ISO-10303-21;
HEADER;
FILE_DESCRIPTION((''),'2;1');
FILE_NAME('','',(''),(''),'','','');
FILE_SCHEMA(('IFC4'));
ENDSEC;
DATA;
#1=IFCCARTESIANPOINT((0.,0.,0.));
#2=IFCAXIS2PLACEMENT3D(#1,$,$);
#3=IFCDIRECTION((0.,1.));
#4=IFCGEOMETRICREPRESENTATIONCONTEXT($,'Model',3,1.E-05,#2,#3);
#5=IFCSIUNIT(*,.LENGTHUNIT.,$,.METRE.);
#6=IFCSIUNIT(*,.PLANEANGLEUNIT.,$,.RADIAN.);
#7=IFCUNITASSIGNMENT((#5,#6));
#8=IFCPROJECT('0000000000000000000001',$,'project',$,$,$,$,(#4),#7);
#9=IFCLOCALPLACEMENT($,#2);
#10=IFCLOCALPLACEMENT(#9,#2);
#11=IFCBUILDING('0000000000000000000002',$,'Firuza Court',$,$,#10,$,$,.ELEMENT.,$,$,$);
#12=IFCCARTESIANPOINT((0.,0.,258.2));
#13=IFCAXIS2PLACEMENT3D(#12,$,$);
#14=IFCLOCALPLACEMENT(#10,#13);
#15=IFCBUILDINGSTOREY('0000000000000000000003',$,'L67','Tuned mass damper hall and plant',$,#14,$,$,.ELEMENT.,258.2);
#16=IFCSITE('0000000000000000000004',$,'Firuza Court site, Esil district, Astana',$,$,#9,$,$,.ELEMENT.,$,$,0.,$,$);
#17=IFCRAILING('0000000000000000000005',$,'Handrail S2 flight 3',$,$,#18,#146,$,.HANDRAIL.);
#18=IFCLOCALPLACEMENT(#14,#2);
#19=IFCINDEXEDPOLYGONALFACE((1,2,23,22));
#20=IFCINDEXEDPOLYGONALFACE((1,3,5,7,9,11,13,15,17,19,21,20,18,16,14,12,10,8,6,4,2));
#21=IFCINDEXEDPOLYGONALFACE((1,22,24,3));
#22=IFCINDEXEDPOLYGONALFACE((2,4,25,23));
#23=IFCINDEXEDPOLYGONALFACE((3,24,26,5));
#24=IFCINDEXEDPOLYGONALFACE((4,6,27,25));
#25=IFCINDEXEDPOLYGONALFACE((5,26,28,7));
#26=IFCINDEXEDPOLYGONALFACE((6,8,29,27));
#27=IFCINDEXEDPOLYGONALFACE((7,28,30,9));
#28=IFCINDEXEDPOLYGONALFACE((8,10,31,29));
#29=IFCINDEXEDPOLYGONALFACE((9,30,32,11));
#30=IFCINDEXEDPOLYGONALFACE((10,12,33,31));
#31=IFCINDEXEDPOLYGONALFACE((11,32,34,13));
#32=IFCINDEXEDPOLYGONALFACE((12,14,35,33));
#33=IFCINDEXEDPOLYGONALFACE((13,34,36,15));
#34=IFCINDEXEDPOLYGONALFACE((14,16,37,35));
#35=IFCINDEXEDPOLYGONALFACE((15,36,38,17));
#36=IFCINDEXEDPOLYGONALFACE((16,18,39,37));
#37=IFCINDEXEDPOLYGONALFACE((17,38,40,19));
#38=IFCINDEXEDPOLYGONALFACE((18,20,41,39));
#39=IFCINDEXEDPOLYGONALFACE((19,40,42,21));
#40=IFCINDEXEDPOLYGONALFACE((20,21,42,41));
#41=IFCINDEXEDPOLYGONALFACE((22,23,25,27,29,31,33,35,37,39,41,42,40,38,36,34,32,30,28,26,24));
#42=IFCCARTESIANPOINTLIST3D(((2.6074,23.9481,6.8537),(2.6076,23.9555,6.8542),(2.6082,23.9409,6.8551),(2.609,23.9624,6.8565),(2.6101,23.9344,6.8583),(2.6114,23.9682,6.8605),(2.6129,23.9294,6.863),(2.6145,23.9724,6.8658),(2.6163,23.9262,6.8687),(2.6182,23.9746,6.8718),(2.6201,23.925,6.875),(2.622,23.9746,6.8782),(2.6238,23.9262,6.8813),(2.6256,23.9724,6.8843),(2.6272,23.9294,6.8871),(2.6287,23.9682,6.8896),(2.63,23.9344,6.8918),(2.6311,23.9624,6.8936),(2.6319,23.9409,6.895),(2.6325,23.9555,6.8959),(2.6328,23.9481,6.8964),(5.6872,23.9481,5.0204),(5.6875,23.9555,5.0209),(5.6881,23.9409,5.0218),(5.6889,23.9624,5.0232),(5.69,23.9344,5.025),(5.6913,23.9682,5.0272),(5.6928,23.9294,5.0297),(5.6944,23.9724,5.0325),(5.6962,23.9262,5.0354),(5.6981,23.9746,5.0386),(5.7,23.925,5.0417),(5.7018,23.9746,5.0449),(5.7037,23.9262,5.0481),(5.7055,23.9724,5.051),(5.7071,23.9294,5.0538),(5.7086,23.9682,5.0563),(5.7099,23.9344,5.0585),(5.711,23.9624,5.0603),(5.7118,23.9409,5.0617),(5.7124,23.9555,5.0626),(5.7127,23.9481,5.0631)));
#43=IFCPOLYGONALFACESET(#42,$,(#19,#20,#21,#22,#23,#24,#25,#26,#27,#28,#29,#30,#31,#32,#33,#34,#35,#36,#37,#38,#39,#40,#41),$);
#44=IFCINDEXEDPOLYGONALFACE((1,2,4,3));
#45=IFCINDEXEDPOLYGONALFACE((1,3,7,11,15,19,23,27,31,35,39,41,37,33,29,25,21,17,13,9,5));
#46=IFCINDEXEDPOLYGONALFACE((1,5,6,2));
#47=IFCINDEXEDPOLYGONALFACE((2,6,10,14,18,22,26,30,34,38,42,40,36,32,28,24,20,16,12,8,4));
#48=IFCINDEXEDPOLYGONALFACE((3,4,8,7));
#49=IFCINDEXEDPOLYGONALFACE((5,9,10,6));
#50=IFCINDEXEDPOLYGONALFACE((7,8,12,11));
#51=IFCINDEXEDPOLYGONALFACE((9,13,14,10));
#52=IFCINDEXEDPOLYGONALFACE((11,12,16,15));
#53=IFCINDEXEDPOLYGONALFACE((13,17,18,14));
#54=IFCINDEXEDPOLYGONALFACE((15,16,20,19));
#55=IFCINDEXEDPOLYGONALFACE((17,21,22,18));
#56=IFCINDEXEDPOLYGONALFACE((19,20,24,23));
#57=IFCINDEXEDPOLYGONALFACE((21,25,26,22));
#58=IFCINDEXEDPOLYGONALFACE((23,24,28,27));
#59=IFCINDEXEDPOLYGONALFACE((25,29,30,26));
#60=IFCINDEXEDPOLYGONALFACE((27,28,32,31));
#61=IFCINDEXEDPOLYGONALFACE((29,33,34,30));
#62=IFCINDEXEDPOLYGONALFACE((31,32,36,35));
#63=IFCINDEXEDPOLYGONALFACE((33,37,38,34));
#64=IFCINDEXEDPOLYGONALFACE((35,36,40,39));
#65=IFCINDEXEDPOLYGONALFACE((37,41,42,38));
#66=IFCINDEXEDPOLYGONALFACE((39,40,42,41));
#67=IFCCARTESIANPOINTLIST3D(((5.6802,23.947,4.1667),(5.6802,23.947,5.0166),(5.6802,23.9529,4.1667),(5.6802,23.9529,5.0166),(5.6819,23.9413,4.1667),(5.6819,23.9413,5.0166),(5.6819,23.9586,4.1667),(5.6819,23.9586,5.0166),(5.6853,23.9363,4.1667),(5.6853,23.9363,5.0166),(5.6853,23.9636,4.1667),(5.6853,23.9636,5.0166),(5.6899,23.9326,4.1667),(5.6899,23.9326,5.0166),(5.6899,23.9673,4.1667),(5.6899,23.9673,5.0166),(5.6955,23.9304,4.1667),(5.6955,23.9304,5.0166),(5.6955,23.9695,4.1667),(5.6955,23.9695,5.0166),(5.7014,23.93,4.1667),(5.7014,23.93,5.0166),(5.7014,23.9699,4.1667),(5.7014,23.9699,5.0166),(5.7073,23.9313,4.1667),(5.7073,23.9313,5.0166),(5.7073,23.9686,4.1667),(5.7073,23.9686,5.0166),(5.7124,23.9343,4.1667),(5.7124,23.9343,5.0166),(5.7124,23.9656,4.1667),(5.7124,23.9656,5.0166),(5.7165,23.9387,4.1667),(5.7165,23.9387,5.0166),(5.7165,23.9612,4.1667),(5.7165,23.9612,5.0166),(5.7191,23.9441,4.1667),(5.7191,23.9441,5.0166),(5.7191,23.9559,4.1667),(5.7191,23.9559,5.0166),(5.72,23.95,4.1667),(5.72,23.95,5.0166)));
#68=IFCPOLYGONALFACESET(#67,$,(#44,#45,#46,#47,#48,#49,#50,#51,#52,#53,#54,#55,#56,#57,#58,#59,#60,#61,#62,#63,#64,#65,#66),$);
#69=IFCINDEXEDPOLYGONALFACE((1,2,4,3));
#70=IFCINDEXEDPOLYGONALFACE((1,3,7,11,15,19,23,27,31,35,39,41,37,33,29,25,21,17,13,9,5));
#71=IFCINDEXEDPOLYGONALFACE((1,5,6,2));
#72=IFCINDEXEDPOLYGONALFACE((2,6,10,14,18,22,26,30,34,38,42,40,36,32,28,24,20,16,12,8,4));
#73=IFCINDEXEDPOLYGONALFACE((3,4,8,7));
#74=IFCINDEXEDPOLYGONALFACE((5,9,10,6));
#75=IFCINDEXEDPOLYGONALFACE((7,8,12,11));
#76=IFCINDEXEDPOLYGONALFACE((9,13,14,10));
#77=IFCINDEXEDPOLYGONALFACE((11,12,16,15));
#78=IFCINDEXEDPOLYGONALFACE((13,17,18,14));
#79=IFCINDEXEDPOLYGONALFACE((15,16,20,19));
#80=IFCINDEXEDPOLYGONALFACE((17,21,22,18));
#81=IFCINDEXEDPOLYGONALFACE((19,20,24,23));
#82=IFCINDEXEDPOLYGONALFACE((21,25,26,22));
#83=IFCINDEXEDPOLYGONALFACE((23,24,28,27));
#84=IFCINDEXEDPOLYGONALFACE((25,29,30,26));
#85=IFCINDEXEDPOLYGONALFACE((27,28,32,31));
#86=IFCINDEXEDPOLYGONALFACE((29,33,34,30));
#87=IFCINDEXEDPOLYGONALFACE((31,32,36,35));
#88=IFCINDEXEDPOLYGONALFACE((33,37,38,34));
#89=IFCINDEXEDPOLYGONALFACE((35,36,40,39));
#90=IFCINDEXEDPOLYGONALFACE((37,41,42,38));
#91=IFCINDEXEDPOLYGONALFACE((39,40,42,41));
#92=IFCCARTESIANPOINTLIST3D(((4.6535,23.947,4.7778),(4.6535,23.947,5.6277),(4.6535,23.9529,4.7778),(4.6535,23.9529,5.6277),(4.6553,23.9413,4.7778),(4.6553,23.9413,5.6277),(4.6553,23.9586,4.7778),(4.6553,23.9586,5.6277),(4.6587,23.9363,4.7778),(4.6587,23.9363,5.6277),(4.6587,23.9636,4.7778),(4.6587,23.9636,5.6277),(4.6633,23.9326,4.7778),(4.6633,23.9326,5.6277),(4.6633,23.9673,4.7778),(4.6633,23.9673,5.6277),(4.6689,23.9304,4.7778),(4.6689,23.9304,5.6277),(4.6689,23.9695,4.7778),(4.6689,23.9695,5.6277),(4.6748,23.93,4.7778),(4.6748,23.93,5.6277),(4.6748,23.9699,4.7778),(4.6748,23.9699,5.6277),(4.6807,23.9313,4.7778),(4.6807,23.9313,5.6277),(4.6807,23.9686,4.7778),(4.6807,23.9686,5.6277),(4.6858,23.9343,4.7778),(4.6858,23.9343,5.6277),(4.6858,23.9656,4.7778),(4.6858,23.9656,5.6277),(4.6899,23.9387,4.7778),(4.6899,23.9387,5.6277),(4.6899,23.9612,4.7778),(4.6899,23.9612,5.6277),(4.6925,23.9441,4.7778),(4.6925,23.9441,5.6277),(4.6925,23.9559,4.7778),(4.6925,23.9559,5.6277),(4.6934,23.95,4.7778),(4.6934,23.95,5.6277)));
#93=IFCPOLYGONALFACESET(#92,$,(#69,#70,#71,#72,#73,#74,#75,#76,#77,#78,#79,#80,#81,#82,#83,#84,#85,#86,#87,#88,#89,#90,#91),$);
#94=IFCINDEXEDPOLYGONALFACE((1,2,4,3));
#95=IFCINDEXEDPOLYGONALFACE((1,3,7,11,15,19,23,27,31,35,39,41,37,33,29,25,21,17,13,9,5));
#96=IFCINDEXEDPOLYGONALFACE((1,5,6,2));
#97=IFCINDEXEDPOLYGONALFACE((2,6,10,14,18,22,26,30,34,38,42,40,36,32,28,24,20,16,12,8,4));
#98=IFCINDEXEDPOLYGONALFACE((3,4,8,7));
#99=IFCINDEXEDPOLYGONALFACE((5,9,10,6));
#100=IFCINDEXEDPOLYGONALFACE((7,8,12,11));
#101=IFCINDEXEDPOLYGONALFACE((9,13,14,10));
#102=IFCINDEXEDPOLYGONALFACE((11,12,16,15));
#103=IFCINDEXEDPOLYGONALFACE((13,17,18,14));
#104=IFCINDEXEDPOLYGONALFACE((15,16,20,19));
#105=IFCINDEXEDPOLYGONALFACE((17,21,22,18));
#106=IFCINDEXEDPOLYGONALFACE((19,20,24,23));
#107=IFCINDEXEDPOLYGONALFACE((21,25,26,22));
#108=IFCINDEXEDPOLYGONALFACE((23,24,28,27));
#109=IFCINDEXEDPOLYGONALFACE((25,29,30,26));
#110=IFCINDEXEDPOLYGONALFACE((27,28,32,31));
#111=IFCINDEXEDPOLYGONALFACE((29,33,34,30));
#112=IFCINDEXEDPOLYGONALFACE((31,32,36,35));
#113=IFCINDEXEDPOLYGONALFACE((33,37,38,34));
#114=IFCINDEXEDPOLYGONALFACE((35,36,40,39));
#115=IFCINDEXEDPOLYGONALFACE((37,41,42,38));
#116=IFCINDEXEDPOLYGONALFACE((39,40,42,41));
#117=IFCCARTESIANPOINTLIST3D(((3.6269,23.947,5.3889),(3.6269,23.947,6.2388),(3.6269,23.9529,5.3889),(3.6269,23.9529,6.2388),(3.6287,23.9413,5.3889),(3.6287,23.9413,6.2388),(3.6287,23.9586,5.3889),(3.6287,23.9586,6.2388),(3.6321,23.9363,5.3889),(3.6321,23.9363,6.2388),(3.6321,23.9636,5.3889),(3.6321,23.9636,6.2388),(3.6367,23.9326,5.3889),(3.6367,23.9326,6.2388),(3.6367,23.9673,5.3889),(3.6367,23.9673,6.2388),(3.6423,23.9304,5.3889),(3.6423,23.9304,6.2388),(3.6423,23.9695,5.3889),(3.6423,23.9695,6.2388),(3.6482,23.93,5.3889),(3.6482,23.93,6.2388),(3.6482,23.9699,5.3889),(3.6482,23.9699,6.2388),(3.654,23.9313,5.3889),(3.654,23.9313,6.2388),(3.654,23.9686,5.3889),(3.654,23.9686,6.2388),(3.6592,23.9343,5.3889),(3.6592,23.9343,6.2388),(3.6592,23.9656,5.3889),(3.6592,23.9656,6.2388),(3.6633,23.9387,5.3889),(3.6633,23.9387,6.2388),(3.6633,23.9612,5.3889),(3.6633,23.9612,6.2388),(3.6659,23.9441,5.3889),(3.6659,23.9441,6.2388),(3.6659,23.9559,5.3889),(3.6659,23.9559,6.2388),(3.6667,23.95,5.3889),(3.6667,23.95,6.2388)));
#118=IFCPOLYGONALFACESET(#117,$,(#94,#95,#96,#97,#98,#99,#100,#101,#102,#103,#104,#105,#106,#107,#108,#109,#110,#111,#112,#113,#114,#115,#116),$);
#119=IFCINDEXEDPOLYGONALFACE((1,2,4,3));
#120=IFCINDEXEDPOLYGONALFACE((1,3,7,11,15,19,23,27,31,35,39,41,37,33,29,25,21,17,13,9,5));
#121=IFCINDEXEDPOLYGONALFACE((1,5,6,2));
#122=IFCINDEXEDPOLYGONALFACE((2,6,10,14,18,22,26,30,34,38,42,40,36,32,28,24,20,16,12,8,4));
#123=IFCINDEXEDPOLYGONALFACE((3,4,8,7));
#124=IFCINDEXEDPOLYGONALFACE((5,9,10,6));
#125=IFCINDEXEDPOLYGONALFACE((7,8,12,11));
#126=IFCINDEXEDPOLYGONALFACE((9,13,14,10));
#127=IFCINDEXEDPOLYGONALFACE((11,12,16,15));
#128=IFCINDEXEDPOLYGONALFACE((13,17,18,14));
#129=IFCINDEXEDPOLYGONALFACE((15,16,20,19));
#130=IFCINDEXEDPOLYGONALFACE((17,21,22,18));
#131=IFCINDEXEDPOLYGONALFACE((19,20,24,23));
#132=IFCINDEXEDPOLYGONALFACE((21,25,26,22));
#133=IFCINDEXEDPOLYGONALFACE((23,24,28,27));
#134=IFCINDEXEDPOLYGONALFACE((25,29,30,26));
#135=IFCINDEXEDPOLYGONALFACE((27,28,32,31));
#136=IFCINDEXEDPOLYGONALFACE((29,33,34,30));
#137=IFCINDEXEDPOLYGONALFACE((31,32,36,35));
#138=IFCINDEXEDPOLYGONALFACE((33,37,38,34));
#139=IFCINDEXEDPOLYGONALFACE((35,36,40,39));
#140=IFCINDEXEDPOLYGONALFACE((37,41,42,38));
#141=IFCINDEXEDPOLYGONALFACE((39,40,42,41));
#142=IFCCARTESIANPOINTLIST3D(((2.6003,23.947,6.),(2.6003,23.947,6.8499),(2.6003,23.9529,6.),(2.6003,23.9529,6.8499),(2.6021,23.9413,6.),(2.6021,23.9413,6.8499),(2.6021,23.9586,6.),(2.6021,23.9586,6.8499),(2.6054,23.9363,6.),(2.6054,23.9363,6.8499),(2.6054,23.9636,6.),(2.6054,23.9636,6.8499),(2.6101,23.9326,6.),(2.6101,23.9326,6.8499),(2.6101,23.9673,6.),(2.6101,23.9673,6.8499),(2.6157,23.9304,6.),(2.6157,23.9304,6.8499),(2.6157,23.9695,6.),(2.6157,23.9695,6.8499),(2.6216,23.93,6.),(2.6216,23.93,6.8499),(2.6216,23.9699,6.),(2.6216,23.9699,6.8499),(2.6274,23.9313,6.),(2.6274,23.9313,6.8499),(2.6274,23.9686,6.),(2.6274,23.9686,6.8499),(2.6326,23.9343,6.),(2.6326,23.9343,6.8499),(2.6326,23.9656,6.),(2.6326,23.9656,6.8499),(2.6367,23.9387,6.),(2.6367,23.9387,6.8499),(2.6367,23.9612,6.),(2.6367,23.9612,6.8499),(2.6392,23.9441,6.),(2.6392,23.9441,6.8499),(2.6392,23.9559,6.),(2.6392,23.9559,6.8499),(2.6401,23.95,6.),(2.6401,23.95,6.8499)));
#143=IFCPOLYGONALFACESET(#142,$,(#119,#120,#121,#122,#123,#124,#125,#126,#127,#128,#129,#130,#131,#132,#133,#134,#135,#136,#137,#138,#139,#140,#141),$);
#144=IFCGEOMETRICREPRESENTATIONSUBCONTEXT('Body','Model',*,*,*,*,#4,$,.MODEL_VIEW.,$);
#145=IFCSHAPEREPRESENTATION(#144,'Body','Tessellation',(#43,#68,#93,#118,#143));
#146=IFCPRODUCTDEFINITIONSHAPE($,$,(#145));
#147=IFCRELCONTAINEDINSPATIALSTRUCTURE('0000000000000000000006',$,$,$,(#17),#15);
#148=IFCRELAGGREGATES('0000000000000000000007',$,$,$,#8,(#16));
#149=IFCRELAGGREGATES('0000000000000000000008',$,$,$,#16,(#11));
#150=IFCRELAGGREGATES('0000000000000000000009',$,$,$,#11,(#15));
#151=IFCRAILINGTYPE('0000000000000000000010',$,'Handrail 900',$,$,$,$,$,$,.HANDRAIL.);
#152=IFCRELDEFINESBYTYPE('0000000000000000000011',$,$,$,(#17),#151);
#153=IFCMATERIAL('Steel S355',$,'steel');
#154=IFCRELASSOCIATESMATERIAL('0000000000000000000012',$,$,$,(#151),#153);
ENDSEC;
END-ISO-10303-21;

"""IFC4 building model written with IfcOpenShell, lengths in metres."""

from ifc_helpers import new_model, si_unit, direction, frame, origin, origin_2d, place, context, subcontext, project, spatial, circle, extrude, material, type_object, element, save


model = new_model("IFC4")

# Units and contexts
model_context = context("Model", 3, precision=1e-05, world=origin(), true_north=direction((0.0, 1.0)))
body_context = subcontext(model_context, "Body", "Model", "MODEL_VIEW")
ifc_project = project(units=[si_unit("LENGTHUNIT", "METRE"), si_unit("PLANEANGLEUNIT", "RADIAN")], contexts=[model_context])

# Site, building, storey
site_placement = place(None, origin())
site = spatial("IfcSite", under=ifc_project, at=site_placement, Name="Firuza Court site, Esil district, Astana", CompositionType="ELEMENT", RefElevation=0.0)
building_placement = place(site_placement, origin())
building = spatial("IfcBuilding", under=site, at=building_placement, Name="Firuza Court", CompositionType="ELEMENT")
storey_placement = place(building_placement, frame((0.0, 0.0, 258.2)))
storey = spatial("IfcBuildingStorey", under=building, at=storey_placement, Name="L67", Description="Tuned mass damper hall and plant", CompositionType="ELEMENT", Elevation=258.2)

# Railing
ifc_material_1 = material(Name="Steel S355", Category="steel")
railing_type_1 = type_object("IfcRailingType", Name="Handrail 900", PredefinedType="HANDRAIL", material=ifc_material_1)
railing_1_placement = place(storey_placement, frame((5.7, 23.95, 4.1667)))
element("IfcRailing", 1, at=railing_1_placement, inside=storey, type_object=railing_type_1, Name="Handrail S2 flight 3", PredefinedType="HANDRAIL", context=body_context, shape_type="SweptSolid", body=[
    extrude(circle(Radius=0.0249, at=origin_2d()), frame((0.0, 0.0, 0.875), z_axis=(-0.859291, 0.0, 0.511487), x_axis=(0.0, -1.0, 0.0)), (0.0, 0.0, 1.0), 3.5842),
    extrude(circle(Radius=0.02, at=origin_2d()), origin(), (0.0, 0.0, 1.0), 0.8499),
    extrude(circle(Radius=0.02, at=origin_2d()), frame((-1.0266, 0.0, 0.6111)), (0.0, 0.0, 1.0), 0.8499),
    extrude(circle(Radius=0.02, at=origin_2d()), frame((-2.0532, 0.0, 1.2222)), (0.0, 0.0, 1.0), 0.8499),
    extrude(circle(Radius=0.02, at=origin_2d()), frame((-3.0798, 0.0, 1.8333)), (0.0, 0.0, 1.0), 0.8499),
])

save(model, "model.ifc")
